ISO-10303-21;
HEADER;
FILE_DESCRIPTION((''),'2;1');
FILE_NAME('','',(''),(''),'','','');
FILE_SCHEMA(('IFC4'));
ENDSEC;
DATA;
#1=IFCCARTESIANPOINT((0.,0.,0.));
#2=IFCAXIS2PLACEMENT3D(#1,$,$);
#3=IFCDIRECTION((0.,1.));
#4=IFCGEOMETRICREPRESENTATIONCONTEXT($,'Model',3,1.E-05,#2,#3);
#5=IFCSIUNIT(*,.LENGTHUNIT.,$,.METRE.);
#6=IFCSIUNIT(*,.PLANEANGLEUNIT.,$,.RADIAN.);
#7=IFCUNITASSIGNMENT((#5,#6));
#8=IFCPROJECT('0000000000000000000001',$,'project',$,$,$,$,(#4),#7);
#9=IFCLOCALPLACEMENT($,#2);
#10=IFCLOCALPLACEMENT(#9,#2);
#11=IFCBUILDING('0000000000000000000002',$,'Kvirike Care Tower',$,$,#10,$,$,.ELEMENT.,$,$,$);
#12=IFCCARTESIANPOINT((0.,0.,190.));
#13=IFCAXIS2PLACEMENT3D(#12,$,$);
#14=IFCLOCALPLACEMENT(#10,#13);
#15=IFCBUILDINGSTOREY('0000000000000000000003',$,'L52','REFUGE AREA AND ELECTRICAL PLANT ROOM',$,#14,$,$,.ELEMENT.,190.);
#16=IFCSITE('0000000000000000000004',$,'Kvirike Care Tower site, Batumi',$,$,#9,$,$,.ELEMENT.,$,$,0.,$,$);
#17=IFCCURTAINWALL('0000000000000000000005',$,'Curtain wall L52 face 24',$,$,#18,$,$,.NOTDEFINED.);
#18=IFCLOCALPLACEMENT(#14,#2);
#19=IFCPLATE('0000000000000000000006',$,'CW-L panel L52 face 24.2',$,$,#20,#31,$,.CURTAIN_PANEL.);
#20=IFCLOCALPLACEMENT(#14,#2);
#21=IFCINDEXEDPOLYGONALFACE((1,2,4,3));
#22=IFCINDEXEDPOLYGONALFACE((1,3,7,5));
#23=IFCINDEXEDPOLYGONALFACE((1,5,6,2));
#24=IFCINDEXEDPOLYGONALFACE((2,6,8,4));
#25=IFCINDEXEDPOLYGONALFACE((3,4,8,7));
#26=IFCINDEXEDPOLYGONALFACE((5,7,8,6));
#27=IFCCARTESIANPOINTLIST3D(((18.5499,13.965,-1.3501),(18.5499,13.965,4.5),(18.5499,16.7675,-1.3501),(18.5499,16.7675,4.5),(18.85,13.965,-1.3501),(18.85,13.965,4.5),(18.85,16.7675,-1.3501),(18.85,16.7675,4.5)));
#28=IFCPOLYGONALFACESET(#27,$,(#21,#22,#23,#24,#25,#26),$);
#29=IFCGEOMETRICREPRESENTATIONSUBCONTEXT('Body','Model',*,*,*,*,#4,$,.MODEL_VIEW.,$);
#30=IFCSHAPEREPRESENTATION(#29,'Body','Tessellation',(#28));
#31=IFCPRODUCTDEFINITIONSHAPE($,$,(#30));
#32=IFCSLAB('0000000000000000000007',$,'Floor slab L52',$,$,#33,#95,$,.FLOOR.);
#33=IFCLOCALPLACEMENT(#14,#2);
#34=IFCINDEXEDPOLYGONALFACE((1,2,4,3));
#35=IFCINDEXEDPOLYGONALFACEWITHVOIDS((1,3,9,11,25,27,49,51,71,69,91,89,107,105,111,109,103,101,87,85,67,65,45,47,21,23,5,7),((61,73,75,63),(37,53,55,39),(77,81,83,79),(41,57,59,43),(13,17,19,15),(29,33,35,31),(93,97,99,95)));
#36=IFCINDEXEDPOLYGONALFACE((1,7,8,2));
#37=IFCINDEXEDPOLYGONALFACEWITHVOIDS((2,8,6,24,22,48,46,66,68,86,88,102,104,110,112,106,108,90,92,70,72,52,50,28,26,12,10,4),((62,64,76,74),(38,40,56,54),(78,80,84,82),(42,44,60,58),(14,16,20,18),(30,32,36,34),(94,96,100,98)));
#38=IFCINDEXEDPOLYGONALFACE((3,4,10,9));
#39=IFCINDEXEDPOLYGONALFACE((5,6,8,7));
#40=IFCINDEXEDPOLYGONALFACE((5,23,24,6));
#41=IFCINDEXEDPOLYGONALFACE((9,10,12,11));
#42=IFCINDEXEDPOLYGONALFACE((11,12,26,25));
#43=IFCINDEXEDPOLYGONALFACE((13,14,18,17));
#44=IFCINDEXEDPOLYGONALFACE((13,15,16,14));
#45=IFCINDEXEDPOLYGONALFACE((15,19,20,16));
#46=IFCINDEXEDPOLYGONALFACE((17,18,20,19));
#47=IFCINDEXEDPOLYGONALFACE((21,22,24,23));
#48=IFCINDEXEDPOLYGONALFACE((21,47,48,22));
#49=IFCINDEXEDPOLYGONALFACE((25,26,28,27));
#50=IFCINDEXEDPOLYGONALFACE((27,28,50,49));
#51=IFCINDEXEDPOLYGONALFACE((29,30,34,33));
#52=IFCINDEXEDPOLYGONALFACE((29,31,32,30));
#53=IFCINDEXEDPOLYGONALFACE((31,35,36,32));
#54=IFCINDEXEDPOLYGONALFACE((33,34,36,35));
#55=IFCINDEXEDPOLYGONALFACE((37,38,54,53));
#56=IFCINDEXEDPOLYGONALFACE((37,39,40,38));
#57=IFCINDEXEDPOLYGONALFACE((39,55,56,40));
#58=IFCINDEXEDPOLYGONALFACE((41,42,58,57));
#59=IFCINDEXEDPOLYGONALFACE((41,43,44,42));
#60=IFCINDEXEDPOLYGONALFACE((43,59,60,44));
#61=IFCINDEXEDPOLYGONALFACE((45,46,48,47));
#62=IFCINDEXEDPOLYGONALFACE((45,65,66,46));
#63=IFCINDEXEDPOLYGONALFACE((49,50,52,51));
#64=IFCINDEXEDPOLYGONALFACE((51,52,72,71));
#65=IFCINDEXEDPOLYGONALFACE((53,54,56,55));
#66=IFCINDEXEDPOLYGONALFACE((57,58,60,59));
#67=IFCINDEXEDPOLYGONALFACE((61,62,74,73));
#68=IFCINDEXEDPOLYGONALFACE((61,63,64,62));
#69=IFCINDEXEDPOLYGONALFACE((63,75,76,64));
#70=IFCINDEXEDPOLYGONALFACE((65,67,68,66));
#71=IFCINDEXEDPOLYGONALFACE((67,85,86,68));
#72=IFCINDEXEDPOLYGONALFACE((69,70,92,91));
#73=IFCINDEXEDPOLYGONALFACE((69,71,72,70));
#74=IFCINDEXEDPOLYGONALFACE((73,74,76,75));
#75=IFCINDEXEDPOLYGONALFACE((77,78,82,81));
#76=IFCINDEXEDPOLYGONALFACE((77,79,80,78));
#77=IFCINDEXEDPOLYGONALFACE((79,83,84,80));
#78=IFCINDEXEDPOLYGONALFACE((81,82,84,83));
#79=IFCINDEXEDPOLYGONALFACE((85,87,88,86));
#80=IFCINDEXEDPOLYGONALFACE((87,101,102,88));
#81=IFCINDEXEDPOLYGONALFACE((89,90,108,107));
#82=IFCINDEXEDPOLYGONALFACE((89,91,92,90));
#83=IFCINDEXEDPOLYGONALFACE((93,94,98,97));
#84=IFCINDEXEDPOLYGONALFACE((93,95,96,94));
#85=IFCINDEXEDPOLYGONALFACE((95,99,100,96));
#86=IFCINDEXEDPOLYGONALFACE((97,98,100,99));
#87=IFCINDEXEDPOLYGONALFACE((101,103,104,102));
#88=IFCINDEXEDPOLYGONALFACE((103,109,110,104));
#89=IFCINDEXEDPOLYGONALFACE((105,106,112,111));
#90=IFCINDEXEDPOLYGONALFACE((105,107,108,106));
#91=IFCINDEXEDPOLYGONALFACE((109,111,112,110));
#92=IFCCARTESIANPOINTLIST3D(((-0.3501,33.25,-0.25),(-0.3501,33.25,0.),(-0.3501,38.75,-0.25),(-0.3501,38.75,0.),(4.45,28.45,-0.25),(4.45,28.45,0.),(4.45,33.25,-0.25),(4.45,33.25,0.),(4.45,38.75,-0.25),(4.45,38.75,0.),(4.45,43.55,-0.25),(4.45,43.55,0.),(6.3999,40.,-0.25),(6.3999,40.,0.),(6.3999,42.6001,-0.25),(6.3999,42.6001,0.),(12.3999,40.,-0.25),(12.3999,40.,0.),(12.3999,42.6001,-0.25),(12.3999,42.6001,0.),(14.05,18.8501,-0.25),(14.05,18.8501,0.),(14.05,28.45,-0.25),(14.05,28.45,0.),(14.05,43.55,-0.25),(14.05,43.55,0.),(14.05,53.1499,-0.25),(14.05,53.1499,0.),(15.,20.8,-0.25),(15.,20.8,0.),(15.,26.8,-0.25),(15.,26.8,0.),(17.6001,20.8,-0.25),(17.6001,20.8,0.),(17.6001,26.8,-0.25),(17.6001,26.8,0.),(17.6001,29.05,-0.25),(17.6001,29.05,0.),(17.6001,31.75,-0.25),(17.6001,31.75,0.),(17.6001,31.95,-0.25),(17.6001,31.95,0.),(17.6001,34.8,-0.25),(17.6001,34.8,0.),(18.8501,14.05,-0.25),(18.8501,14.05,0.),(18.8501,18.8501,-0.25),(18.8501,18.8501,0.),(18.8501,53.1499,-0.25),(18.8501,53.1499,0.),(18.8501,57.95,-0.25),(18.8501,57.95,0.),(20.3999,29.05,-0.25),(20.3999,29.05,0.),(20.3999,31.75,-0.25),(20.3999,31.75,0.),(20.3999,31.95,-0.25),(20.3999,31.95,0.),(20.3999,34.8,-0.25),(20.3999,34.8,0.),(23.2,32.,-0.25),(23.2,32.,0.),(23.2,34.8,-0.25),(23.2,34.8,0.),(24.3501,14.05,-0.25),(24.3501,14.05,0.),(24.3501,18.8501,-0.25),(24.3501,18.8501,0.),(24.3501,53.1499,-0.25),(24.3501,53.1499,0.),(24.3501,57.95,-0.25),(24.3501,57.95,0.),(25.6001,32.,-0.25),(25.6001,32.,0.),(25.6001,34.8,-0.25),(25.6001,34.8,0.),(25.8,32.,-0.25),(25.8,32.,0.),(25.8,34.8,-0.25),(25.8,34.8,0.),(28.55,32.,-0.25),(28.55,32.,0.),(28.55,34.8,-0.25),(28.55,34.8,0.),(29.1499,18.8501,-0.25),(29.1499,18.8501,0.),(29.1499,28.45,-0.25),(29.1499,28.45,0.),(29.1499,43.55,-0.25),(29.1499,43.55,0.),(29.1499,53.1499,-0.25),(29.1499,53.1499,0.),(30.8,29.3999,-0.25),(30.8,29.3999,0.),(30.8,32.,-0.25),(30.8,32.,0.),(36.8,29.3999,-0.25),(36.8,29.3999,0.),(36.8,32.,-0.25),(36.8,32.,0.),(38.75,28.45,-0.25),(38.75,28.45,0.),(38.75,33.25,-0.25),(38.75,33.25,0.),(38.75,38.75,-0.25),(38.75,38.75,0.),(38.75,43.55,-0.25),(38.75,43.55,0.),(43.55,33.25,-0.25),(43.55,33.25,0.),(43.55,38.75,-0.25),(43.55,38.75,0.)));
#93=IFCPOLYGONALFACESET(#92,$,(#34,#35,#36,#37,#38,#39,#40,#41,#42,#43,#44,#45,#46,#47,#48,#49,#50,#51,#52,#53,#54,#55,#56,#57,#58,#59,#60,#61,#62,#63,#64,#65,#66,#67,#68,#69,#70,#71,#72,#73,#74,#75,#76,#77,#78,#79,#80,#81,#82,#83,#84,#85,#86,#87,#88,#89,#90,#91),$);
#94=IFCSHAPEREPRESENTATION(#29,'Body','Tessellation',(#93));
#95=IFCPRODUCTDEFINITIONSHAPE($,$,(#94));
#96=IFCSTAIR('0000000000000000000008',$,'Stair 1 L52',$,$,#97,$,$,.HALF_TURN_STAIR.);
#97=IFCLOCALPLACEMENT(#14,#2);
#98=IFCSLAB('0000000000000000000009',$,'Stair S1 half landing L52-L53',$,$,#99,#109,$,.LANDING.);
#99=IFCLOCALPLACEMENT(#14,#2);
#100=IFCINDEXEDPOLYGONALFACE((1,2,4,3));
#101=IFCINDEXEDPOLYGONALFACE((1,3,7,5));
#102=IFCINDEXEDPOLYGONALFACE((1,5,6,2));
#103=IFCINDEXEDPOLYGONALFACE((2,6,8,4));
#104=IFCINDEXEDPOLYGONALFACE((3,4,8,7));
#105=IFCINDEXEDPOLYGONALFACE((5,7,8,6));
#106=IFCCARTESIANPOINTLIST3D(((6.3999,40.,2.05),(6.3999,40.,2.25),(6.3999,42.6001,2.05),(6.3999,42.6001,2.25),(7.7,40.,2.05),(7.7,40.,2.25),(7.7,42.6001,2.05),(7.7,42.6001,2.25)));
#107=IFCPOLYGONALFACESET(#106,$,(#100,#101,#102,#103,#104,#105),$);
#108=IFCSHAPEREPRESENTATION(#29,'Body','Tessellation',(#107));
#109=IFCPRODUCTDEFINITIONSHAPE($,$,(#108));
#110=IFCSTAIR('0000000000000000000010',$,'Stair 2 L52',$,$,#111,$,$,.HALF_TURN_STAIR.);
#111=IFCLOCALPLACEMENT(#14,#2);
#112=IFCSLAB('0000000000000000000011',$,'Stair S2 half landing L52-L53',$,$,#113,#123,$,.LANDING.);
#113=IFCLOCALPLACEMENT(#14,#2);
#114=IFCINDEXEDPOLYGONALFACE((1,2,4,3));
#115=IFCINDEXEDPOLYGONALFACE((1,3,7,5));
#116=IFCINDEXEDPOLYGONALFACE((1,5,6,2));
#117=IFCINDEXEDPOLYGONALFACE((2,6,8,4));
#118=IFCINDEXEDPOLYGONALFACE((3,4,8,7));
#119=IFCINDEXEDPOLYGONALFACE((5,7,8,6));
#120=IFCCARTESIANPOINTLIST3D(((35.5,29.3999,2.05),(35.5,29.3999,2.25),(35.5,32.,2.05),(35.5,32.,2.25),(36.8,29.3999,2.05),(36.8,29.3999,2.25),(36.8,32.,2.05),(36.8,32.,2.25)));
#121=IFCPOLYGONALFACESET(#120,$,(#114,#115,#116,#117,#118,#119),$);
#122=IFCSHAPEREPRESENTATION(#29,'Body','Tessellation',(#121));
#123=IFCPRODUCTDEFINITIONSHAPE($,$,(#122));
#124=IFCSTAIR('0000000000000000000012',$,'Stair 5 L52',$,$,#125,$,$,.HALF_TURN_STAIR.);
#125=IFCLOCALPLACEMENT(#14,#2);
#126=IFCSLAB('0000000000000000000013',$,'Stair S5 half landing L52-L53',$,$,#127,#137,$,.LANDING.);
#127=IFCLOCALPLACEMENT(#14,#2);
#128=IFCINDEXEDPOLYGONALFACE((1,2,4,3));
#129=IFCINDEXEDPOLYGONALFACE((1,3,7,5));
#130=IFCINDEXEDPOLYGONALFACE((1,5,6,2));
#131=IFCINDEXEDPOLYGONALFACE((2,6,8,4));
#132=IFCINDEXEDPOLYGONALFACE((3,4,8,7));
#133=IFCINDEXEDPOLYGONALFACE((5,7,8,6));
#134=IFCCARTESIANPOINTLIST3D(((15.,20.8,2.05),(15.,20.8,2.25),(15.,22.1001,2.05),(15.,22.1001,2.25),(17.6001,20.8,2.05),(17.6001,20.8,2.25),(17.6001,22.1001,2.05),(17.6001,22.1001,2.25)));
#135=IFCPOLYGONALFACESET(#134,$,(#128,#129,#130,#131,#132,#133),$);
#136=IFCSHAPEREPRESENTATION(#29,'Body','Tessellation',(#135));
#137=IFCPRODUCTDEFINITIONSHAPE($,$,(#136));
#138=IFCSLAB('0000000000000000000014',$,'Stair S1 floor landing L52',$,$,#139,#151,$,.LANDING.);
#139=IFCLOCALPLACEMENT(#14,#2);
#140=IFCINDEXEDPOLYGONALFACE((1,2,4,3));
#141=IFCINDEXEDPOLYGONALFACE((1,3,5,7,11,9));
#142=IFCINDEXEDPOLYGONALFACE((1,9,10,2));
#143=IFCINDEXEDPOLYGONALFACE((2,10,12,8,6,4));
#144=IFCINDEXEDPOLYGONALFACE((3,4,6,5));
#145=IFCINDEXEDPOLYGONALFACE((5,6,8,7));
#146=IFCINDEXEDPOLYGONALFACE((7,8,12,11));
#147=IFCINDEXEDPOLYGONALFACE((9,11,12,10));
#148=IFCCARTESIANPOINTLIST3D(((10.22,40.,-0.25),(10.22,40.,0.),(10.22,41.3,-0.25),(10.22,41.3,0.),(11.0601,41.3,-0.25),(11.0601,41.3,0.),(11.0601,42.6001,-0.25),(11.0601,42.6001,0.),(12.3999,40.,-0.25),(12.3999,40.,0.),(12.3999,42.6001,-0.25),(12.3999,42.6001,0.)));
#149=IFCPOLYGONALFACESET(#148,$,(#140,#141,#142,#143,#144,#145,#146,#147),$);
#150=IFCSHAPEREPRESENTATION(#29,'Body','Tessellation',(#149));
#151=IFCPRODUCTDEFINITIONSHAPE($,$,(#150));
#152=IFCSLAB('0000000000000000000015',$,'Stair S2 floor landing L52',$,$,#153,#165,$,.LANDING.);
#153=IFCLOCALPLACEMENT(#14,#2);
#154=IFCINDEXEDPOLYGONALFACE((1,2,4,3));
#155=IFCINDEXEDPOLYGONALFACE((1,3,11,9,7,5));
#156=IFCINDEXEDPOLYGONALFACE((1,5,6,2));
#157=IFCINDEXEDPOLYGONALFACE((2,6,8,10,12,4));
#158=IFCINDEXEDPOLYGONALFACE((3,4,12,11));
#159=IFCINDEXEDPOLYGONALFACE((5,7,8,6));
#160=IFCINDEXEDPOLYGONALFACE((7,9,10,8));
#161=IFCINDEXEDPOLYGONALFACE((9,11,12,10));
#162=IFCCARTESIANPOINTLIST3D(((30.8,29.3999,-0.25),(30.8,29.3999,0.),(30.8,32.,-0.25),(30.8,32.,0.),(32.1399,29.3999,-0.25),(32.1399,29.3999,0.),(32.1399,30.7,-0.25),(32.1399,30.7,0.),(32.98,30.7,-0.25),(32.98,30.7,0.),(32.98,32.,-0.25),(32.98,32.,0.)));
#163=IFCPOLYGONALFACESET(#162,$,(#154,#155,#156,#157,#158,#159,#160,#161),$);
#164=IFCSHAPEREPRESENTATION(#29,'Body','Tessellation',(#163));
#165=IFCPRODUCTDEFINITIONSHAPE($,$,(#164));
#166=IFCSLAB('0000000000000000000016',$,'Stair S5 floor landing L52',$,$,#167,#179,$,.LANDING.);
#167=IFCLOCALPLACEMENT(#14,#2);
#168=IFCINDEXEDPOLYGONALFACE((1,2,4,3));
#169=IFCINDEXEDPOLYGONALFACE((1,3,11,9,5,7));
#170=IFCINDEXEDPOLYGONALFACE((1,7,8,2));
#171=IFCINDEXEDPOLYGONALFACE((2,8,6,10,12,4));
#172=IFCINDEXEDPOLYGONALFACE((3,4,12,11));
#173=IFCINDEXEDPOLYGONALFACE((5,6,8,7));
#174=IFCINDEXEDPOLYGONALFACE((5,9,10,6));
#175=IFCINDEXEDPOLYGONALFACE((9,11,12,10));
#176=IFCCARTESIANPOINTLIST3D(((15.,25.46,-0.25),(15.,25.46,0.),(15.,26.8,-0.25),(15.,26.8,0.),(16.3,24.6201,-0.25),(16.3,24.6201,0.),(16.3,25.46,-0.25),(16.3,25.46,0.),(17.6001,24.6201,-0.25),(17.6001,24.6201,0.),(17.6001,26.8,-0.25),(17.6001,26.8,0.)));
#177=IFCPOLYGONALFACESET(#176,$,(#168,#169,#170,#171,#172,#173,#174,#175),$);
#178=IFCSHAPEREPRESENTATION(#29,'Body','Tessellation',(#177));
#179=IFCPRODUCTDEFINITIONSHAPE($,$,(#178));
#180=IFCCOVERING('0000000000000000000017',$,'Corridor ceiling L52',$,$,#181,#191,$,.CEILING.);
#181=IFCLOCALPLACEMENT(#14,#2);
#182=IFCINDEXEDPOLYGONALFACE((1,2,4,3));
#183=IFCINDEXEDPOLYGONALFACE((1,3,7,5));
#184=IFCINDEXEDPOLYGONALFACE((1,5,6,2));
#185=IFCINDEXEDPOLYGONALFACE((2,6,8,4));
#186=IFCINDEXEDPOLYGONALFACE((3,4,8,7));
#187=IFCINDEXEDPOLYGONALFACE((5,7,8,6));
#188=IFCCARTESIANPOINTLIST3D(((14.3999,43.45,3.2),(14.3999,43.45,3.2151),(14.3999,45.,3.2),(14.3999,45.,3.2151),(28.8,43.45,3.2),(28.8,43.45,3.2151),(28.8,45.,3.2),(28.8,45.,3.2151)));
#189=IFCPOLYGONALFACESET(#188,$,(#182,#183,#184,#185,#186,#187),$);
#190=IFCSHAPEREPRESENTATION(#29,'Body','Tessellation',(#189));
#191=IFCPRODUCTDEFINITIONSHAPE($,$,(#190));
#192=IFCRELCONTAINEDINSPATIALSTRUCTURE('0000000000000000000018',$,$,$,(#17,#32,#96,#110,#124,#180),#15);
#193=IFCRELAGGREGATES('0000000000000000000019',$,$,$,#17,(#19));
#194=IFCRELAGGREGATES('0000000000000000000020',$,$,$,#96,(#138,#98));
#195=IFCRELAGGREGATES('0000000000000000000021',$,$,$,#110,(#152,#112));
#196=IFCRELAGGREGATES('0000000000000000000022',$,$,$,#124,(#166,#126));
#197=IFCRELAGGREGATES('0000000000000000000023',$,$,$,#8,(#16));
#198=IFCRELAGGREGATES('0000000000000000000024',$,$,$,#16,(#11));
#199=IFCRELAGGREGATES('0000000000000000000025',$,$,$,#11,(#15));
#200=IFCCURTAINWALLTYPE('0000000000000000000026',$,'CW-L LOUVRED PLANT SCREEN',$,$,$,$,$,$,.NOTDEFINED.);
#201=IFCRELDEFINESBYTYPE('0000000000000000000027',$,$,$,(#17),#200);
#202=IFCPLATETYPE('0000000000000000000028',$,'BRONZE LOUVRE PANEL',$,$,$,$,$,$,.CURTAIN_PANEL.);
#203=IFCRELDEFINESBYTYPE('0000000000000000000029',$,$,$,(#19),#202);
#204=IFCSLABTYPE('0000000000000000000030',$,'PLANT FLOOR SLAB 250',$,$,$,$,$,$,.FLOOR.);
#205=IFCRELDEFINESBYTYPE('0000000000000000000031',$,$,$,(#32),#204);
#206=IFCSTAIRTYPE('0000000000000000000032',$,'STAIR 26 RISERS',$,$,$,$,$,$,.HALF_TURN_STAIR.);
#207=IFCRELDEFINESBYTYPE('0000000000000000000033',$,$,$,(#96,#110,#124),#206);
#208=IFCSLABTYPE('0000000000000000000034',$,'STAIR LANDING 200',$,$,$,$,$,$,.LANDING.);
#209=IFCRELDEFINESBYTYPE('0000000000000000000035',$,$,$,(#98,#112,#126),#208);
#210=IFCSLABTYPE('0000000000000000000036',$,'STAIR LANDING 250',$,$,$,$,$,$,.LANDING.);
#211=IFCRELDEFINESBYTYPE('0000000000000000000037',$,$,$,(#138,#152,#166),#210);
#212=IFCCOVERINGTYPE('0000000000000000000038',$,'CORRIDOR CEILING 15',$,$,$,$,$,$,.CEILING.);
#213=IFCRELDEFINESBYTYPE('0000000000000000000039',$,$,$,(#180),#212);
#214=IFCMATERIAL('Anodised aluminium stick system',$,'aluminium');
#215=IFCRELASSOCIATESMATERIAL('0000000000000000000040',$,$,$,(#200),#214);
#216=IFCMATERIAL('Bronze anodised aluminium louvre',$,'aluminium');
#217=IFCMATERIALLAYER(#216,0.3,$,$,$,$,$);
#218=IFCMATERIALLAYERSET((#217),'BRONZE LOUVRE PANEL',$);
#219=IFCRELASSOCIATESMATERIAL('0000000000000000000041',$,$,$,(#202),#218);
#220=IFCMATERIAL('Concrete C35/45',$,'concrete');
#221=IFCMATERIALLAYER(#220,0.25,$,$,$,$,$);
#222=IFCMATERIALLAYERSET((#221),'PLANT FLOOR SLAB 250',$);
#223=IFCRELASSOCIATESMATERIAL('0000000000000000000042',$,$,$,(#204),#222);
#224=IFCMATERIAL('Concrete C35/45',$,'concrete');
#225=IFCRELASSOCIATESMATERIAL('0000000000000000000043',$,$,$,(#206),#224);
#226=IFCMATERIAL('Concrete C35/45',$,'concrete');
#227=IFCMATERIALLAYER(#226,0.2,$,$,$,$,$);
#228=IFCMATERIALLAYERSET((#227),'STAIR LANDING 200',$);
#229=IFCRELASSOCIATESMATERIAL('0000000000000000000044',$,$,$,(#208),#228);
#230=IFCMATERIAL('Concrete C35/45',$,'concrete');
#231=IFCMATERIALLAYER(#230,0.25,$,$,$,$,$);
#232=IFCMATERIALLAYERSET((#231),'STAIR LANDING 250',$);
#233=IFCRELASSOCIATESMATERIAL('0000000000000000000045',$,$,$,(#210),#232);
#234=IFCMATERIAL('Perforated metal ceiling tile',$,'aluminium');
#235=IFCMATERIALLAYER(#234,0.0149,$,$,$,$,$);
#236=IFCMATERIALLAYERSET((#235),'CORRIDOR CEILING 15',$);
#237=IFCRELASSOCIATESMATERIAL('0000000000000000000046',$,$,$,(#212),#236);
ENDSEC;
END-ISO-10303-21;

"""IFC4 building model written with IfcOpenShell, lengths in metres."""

from ifc_helpers import new_model, si_unit, direction, frame, origin, origin_2d, place, context, subcontext, project, spatial, polyline, rectangle, outline, extrude, material, layer, layer_set, type_object, element, aggregate, save


model = new_model("IFC4")

# Units and contexts
model_context = context("Model", 3, precision=1e-05, world=origin(), true_north=direction((0.0, 1.0)))
body_context = subcontext(model_context, "Body", "Model", "MODEL_VIEW")
ifc_project = project(units=[si_unit("LENGTHUNIT", "METRE"), si_unit("PLANEANGLEUNIT", "RADIAN")], contexts=[model_context])

# Site, building, storey
site_placement = place(None, origin())
site = spatial("IfcSite", under=ifc_project, at=site_placement, Name="Kvirike Care Tower site, Batumi", CompositionType="ELEMENT", RefElevation=0.0)
building_placement = place(site_placement, origin())
building = spatial("IfcBuilding", under=site, at=building_placement, Name="Kvirike Care Tower", CompositionType="ELEMENT")
storey_placement = place(building_placement, frame((0.0, 0.0, 190.0)))
storey = spatial("IfcBuildingStorey", under=building, at=storey_placement, Name="L52", Description="REFUGE AREA AND ELECTRICAL PLANT ROOM", CompositionType="ELEMENT", Elevation=190.0)

# Curtain wall
ifc_material_1 = material(Name="Anodised aluminium stick system", Category="aluminium")
curtain_wall_type = type_object("IfcCurtainWallType", Name="CW-L LOUVRED PLANT SCREEN", PredefinedType="NOTDEFINED", material=ifc_material_1)
curtain_wall_1_placement = place(storey_placement, origin())
curtain_wall_1 = element("IfcCurtainWall", 1, at=curtain_wall_1_placement, inside=storey, type_object=curtain_wall_type, Name="Curtain wall L52 face 24", PredefinedType="NOTDEFINED")

# Plate
ifc_material_2 = material(Name="Bronze anodised aluminium louvre", Category="aluminium")
ifc_layer_1 = layer(ifc_material_2, 0.3)
ifc_layer_set_1 = layer_set([ifc_layer_1], Name="BRONZE LOUVRE PANEL")
plate_type = type_object("IfcPlateType", Name="BRONZE LOUVRE PANEL", PredefinedType="CURTAIN_PANEL", material=ifc_layer_set_1)
plate_1_placement = place(storey_placement, frame((18.7, 15.3662, -1.3501), z_axis=(0.0, 0.0, 1.0), x_axis=(0.0, -1.0, 0.0)))
plate_1 = element("IfcPlate", 2, at=plate_1_placement, type_object=plate_type, Name="CW-L panel L52 face 24.2", PredefinedType="CURTAIN_PANEL", context=body_context, shape_type="SweptSolid", body=[
    extrude(rectangle(XDim=2.8025, YDim=0.3, at=origin_2d()), origin(), (0.0, 0.0, 1.0), 5.8501),
])
aggregate(curtain_wall_1, [plate_1])

# Slab
ifc_material_3 = material(Name="Concrete C35/45", Category="concrete")
ifc_layer_2 = layer(ifc_material_3, 0.25)
ifc_layer_set_2 = layer_set([ifc_layer_2], Name="PLANT FLOOR SLAB 250")
slab_type_1 = type_object("IfcSlabType", Name="PLANT FLOOR SLAB 250", PredefinedType="FLOOR", material=ifc_layer_set_2)
slab_1_placement = place(storey_placement, frame((0.0, 0.0, -0.25)))
element("IfcSlab", 3, at=slab_1_placement, inside=storey, type_object=slab_type_1, Name="Floor slab L52", PredefinedType="FLOOR", context=body_context, shape_type="SweptSolid", body=[
    extrude(outline(polyline([(29.1499, 28.45), (38.75, 28.45), (38.75, 33.25), (43.55, 33.25), (43.55, 38.75), (38.75, 38.75), (38.75, 43.55), (29.1499, 43.55), (29.1499, 53.1499), (24.3501, 53.1499), (24.3501, 57.95), (18.8501, 57.95), (18.8501, 53.1499), (14.05, 53.1499), (14.05, 43.55), (4.45, 43.55), (4.45, 38.75), (-0.3501, 38.75), (-0.3501, 33.25), (4.45, 33.25), (4.45, 28.45), (14.05, 28.45), (14.05, 18.8501), (18.8501, 18.8501), (18.8501, 14.05), (24.3501, 14.05), (24.3501, 18.8501), (29.1499, 18.8501), (29.1499, 28.45)]), holes=[polyline([(17.6001, 29.05), (17.6001, 31.75), (20.3999, 31.75), (20.3999, 29.05), (17.6001, 29.05)]), polyline([(17.6001, 31.95), (17.6001, 34.8), (20.3999, 34.8), (20.3999, 31.95), (17.6001, 31.95)]), polyline([(23.2, 32.0), (23.2, 34.8), (25.6001, 34.8), (25.6001, 32.0), (23.2, 32.0)]), polyline([(25.8, 32.0), (25.8, 34.8), (28.55, 34.8), (28.55, 32.0), (25.8, 32.0)]), polyline([(12.3999, 42.6001), (12.3999, 40.0), (6.3999, 40.0), (6.3999, 42.6001), (12.3999, 42.6001)]), polyline([(30.8, 29.3999), (30.8, 32.0), (36.8, 32.0), (36.8, 29.3999), (30.8, 29.3999)]), polyline([(15.0, 26.8), (17.6001, 26.8), (17.6001, 20.8), (15.0, 20.8), (15.0, 26.8)])]), origin(), (0.0, 0.0, 1.0), 0.25),
])

# Stairs, slabs
ifc_material_4 = material(Name="Concrete C35/45", Category="concrete")
stair_type = type_object("IfcStairType", Name="STAIR 26 RISERS", PredefinedType="HALF_TURN_STAIR", material=ifc_material_4)
stair_1_placement = place(storey_placement, origin())
stair_1 = element("IfcStair", 4, at=stair_1_placement, inside=storey, type_object=stair_type, Name="Stair 1 L52", PredefinedType="HALF_TURN_STAIR")
ifc_material_5 = material(Name="Concrete C35/45", Category="concrete")
ifc_layer_3 = layer(ifc_material_5, 0.2)
ifc_layer_set_3 = layer_set([ifc_layer_3], Name="STAIR LANDING 200")
slab_type_2 = type_object("IfcSlabType", Name="STAIR LANDING 200", PredefinedType="LANDING", material=ifc_layer_set_3)
slab_2_placement = place(storey_placement, frame((0.0, 0.0, 2.05)))
slab_2 = element("IfcSlab", 5, at=slab_2_placement, type_object=slab_type_2, Name="Stair S1 half landing L52-L53", PredefinedType="LANDING", context=body_context, shape_type="SweptSolid", body=[
    extrude(outline(polyline([(6.3999, 42.6001), (6.3999, 40.0), (7.7, 40.0), (7.7, 42.6001), (6.3999, 42.6001)])), origin(), (0.0, 0.0, 1.0), 0.2),
])
stair_2_placement = place(storey_placement, origin())
stair_2 = element("IfcStair", 6, at=stair_2_placement, inside=storey, type_object=stair_type, Name="Stair 2 L52", PredefinedType="HALF_TURN_STAIR")
slab_3_placement = place(storey_placement, frame((0.0, 0.0, 2.05)))
slab_3 = element("IfcSlab", 7, at=slab_3_placement, type_object=slab_type_2, Name="Stair S2 half landing L52-L53", PredefinedType="LANDING", context=body_context, shape_type="SweptSolid", body=[
    extrude(outline(polyline([(36.8, 29.3999), (36.8, 32.0), (35.5, 32.0), (35.5, 29.3999), (36.8, 29.3999)])), origin(), (0.0, 0.0, 1.0), 0.2),
])
stair_3_placement = place(storey_placement, origin())
stair_3 = element("IfcStair", 8, at=stair_3_placement, inside=storey, type_object=stair_type, Name="Stair 5 L52", PredefinedType="HALF_TURN_STAIR")
slab_4_placement = place(storey_placement, frame((0.0, 0.0, 2.05)))
slab_4 = element("IfcSlab", 9, at=slab_4_placement, type_object=slab_type_2, Name="Stair S5 half landing L52-L53", PredefinedType="LANDING", context=body_context, shape_type="SweptSolid", body=[
    extrude(outline(polyline([(15.0, 20.8), (17.6001, 20.8), (17.6001, 22.1001), (15.0, 22.1001), (15.0, 20.8)])), origin(), (0.0, 0.0, 1.0), 0.2),
])

# Slabs
ifc_material_6 = material(Name="Concrete C35/45", Category="concrete")
ifc_layer_4 = layer(ifc_material_6, 0.25)
ifc_layer_set_4 = layer_set([ifc_layer_4], Name="STAIR LANDING 250")
slab_type_3 = type_object("IfcSlabType", Name="STAIR LANDING 250", PredefinedType="LANDING", material=ifc_layer_set_4)
slab_5_placement = place(storey_placement, frame((0.0, 0.0, -0.25)))
slab_5 = element("IfcSlab", 10, at=slab_5_placement, type_object=slab_type_3, Name="Stair S1 floor landing L52", PredefinedType="LANDING", context=body_context, shape_type="SweptSolid", body=[
    extrude(outline(polyline([(11.0601, 42.6001), (11.0601, 41.3), (10.22, 41.3), (10.22, 40.0), (12.3999, 40.0), (12.3999, 42.6001), (11.0601, 42.6001)])), origin(), (0.0, 0.0, 1.0), 0.25),
])
aggregate(stair_1, [slab_5, slab_2])
slab_6_placement = place(storey_placement, frame((0.0, 0.0, -0.25)))
slab_6 = element("IfcSlab", 11, at=slab_6_placement, type_object=slab_type_3, Name="Stair S2 floor landing L52", PredefinedType="LANDING", context=body_context, shape_type="SweptSolid", body=[
    extrude(outline(polyline([(32.1399, 29.3999), (32.1399, 30.7), (32.98, 30.7), (32.98, 32.0), (30.8, 32.0), (30.8, 29.3999), (32.1399, 29.3999)])), origin(), (0.0, 0.0, 1.0), 0.25),
])
aggregate(stair_2, [slab_6, slab_3])
slab_7_placement = place(storey_placement, frame((0.0, 0.0, -0.25)))
slab_7 = element("IfcSlab", 12, at=slab_7_placement, type_object=slab_type_3, Name="Stair S5 floor landing L52", PredefinedType="LANDING", context=body_context, shape_type="SweptSolid", body=[
    extrude(outline(polyline([(15.0, 25.46), (16.3, 25.46), (16.3, 24.6201), (17.6001, 24.6201), (17.6001, 26.8), (15.0, 26.8), (15.0, 25.46)])), origin(), (0.0, 0.0, 1.0), 0.25),
])
aggregate(stair_3, [slab_7, slab_4])

# Covering
ifc_material_7 = material(Name="Perforated metal ceiling tile", Category="aluminium")
ifc_layer_5 = layer(ifc_material_7, 0.0149)
ifc_layer_set_5 = layer_set([ifc_layer_5], Name="CORRIDOR CEILING 15")
covering_type = type_object("IfcCoveringType", Name="CORRIDOR CEILING 15", PredefinedType="CEILING", material=ifc_layer_set_5)
covering_placement = place(storey_placement, frame((0.0, 0.0, 3.2)))
element("IfcCovering", 13, at=covering_placement, inside=storey, type_object=covering_type, Name="Corridor ceiling L52", PredefinedType="CEILING", context=body_context, shape_type="SweptSolid", body=[
    extrude(outline(polyline([(28.8, 45.0), (28.8, 43.45), (14.3999, 43.45), (14.3999, 45.0), (28.8, 45.0)])), origin(), (0.0, 0.0, 1.0), 0.0151),
])

save(model, "model.ifc")
